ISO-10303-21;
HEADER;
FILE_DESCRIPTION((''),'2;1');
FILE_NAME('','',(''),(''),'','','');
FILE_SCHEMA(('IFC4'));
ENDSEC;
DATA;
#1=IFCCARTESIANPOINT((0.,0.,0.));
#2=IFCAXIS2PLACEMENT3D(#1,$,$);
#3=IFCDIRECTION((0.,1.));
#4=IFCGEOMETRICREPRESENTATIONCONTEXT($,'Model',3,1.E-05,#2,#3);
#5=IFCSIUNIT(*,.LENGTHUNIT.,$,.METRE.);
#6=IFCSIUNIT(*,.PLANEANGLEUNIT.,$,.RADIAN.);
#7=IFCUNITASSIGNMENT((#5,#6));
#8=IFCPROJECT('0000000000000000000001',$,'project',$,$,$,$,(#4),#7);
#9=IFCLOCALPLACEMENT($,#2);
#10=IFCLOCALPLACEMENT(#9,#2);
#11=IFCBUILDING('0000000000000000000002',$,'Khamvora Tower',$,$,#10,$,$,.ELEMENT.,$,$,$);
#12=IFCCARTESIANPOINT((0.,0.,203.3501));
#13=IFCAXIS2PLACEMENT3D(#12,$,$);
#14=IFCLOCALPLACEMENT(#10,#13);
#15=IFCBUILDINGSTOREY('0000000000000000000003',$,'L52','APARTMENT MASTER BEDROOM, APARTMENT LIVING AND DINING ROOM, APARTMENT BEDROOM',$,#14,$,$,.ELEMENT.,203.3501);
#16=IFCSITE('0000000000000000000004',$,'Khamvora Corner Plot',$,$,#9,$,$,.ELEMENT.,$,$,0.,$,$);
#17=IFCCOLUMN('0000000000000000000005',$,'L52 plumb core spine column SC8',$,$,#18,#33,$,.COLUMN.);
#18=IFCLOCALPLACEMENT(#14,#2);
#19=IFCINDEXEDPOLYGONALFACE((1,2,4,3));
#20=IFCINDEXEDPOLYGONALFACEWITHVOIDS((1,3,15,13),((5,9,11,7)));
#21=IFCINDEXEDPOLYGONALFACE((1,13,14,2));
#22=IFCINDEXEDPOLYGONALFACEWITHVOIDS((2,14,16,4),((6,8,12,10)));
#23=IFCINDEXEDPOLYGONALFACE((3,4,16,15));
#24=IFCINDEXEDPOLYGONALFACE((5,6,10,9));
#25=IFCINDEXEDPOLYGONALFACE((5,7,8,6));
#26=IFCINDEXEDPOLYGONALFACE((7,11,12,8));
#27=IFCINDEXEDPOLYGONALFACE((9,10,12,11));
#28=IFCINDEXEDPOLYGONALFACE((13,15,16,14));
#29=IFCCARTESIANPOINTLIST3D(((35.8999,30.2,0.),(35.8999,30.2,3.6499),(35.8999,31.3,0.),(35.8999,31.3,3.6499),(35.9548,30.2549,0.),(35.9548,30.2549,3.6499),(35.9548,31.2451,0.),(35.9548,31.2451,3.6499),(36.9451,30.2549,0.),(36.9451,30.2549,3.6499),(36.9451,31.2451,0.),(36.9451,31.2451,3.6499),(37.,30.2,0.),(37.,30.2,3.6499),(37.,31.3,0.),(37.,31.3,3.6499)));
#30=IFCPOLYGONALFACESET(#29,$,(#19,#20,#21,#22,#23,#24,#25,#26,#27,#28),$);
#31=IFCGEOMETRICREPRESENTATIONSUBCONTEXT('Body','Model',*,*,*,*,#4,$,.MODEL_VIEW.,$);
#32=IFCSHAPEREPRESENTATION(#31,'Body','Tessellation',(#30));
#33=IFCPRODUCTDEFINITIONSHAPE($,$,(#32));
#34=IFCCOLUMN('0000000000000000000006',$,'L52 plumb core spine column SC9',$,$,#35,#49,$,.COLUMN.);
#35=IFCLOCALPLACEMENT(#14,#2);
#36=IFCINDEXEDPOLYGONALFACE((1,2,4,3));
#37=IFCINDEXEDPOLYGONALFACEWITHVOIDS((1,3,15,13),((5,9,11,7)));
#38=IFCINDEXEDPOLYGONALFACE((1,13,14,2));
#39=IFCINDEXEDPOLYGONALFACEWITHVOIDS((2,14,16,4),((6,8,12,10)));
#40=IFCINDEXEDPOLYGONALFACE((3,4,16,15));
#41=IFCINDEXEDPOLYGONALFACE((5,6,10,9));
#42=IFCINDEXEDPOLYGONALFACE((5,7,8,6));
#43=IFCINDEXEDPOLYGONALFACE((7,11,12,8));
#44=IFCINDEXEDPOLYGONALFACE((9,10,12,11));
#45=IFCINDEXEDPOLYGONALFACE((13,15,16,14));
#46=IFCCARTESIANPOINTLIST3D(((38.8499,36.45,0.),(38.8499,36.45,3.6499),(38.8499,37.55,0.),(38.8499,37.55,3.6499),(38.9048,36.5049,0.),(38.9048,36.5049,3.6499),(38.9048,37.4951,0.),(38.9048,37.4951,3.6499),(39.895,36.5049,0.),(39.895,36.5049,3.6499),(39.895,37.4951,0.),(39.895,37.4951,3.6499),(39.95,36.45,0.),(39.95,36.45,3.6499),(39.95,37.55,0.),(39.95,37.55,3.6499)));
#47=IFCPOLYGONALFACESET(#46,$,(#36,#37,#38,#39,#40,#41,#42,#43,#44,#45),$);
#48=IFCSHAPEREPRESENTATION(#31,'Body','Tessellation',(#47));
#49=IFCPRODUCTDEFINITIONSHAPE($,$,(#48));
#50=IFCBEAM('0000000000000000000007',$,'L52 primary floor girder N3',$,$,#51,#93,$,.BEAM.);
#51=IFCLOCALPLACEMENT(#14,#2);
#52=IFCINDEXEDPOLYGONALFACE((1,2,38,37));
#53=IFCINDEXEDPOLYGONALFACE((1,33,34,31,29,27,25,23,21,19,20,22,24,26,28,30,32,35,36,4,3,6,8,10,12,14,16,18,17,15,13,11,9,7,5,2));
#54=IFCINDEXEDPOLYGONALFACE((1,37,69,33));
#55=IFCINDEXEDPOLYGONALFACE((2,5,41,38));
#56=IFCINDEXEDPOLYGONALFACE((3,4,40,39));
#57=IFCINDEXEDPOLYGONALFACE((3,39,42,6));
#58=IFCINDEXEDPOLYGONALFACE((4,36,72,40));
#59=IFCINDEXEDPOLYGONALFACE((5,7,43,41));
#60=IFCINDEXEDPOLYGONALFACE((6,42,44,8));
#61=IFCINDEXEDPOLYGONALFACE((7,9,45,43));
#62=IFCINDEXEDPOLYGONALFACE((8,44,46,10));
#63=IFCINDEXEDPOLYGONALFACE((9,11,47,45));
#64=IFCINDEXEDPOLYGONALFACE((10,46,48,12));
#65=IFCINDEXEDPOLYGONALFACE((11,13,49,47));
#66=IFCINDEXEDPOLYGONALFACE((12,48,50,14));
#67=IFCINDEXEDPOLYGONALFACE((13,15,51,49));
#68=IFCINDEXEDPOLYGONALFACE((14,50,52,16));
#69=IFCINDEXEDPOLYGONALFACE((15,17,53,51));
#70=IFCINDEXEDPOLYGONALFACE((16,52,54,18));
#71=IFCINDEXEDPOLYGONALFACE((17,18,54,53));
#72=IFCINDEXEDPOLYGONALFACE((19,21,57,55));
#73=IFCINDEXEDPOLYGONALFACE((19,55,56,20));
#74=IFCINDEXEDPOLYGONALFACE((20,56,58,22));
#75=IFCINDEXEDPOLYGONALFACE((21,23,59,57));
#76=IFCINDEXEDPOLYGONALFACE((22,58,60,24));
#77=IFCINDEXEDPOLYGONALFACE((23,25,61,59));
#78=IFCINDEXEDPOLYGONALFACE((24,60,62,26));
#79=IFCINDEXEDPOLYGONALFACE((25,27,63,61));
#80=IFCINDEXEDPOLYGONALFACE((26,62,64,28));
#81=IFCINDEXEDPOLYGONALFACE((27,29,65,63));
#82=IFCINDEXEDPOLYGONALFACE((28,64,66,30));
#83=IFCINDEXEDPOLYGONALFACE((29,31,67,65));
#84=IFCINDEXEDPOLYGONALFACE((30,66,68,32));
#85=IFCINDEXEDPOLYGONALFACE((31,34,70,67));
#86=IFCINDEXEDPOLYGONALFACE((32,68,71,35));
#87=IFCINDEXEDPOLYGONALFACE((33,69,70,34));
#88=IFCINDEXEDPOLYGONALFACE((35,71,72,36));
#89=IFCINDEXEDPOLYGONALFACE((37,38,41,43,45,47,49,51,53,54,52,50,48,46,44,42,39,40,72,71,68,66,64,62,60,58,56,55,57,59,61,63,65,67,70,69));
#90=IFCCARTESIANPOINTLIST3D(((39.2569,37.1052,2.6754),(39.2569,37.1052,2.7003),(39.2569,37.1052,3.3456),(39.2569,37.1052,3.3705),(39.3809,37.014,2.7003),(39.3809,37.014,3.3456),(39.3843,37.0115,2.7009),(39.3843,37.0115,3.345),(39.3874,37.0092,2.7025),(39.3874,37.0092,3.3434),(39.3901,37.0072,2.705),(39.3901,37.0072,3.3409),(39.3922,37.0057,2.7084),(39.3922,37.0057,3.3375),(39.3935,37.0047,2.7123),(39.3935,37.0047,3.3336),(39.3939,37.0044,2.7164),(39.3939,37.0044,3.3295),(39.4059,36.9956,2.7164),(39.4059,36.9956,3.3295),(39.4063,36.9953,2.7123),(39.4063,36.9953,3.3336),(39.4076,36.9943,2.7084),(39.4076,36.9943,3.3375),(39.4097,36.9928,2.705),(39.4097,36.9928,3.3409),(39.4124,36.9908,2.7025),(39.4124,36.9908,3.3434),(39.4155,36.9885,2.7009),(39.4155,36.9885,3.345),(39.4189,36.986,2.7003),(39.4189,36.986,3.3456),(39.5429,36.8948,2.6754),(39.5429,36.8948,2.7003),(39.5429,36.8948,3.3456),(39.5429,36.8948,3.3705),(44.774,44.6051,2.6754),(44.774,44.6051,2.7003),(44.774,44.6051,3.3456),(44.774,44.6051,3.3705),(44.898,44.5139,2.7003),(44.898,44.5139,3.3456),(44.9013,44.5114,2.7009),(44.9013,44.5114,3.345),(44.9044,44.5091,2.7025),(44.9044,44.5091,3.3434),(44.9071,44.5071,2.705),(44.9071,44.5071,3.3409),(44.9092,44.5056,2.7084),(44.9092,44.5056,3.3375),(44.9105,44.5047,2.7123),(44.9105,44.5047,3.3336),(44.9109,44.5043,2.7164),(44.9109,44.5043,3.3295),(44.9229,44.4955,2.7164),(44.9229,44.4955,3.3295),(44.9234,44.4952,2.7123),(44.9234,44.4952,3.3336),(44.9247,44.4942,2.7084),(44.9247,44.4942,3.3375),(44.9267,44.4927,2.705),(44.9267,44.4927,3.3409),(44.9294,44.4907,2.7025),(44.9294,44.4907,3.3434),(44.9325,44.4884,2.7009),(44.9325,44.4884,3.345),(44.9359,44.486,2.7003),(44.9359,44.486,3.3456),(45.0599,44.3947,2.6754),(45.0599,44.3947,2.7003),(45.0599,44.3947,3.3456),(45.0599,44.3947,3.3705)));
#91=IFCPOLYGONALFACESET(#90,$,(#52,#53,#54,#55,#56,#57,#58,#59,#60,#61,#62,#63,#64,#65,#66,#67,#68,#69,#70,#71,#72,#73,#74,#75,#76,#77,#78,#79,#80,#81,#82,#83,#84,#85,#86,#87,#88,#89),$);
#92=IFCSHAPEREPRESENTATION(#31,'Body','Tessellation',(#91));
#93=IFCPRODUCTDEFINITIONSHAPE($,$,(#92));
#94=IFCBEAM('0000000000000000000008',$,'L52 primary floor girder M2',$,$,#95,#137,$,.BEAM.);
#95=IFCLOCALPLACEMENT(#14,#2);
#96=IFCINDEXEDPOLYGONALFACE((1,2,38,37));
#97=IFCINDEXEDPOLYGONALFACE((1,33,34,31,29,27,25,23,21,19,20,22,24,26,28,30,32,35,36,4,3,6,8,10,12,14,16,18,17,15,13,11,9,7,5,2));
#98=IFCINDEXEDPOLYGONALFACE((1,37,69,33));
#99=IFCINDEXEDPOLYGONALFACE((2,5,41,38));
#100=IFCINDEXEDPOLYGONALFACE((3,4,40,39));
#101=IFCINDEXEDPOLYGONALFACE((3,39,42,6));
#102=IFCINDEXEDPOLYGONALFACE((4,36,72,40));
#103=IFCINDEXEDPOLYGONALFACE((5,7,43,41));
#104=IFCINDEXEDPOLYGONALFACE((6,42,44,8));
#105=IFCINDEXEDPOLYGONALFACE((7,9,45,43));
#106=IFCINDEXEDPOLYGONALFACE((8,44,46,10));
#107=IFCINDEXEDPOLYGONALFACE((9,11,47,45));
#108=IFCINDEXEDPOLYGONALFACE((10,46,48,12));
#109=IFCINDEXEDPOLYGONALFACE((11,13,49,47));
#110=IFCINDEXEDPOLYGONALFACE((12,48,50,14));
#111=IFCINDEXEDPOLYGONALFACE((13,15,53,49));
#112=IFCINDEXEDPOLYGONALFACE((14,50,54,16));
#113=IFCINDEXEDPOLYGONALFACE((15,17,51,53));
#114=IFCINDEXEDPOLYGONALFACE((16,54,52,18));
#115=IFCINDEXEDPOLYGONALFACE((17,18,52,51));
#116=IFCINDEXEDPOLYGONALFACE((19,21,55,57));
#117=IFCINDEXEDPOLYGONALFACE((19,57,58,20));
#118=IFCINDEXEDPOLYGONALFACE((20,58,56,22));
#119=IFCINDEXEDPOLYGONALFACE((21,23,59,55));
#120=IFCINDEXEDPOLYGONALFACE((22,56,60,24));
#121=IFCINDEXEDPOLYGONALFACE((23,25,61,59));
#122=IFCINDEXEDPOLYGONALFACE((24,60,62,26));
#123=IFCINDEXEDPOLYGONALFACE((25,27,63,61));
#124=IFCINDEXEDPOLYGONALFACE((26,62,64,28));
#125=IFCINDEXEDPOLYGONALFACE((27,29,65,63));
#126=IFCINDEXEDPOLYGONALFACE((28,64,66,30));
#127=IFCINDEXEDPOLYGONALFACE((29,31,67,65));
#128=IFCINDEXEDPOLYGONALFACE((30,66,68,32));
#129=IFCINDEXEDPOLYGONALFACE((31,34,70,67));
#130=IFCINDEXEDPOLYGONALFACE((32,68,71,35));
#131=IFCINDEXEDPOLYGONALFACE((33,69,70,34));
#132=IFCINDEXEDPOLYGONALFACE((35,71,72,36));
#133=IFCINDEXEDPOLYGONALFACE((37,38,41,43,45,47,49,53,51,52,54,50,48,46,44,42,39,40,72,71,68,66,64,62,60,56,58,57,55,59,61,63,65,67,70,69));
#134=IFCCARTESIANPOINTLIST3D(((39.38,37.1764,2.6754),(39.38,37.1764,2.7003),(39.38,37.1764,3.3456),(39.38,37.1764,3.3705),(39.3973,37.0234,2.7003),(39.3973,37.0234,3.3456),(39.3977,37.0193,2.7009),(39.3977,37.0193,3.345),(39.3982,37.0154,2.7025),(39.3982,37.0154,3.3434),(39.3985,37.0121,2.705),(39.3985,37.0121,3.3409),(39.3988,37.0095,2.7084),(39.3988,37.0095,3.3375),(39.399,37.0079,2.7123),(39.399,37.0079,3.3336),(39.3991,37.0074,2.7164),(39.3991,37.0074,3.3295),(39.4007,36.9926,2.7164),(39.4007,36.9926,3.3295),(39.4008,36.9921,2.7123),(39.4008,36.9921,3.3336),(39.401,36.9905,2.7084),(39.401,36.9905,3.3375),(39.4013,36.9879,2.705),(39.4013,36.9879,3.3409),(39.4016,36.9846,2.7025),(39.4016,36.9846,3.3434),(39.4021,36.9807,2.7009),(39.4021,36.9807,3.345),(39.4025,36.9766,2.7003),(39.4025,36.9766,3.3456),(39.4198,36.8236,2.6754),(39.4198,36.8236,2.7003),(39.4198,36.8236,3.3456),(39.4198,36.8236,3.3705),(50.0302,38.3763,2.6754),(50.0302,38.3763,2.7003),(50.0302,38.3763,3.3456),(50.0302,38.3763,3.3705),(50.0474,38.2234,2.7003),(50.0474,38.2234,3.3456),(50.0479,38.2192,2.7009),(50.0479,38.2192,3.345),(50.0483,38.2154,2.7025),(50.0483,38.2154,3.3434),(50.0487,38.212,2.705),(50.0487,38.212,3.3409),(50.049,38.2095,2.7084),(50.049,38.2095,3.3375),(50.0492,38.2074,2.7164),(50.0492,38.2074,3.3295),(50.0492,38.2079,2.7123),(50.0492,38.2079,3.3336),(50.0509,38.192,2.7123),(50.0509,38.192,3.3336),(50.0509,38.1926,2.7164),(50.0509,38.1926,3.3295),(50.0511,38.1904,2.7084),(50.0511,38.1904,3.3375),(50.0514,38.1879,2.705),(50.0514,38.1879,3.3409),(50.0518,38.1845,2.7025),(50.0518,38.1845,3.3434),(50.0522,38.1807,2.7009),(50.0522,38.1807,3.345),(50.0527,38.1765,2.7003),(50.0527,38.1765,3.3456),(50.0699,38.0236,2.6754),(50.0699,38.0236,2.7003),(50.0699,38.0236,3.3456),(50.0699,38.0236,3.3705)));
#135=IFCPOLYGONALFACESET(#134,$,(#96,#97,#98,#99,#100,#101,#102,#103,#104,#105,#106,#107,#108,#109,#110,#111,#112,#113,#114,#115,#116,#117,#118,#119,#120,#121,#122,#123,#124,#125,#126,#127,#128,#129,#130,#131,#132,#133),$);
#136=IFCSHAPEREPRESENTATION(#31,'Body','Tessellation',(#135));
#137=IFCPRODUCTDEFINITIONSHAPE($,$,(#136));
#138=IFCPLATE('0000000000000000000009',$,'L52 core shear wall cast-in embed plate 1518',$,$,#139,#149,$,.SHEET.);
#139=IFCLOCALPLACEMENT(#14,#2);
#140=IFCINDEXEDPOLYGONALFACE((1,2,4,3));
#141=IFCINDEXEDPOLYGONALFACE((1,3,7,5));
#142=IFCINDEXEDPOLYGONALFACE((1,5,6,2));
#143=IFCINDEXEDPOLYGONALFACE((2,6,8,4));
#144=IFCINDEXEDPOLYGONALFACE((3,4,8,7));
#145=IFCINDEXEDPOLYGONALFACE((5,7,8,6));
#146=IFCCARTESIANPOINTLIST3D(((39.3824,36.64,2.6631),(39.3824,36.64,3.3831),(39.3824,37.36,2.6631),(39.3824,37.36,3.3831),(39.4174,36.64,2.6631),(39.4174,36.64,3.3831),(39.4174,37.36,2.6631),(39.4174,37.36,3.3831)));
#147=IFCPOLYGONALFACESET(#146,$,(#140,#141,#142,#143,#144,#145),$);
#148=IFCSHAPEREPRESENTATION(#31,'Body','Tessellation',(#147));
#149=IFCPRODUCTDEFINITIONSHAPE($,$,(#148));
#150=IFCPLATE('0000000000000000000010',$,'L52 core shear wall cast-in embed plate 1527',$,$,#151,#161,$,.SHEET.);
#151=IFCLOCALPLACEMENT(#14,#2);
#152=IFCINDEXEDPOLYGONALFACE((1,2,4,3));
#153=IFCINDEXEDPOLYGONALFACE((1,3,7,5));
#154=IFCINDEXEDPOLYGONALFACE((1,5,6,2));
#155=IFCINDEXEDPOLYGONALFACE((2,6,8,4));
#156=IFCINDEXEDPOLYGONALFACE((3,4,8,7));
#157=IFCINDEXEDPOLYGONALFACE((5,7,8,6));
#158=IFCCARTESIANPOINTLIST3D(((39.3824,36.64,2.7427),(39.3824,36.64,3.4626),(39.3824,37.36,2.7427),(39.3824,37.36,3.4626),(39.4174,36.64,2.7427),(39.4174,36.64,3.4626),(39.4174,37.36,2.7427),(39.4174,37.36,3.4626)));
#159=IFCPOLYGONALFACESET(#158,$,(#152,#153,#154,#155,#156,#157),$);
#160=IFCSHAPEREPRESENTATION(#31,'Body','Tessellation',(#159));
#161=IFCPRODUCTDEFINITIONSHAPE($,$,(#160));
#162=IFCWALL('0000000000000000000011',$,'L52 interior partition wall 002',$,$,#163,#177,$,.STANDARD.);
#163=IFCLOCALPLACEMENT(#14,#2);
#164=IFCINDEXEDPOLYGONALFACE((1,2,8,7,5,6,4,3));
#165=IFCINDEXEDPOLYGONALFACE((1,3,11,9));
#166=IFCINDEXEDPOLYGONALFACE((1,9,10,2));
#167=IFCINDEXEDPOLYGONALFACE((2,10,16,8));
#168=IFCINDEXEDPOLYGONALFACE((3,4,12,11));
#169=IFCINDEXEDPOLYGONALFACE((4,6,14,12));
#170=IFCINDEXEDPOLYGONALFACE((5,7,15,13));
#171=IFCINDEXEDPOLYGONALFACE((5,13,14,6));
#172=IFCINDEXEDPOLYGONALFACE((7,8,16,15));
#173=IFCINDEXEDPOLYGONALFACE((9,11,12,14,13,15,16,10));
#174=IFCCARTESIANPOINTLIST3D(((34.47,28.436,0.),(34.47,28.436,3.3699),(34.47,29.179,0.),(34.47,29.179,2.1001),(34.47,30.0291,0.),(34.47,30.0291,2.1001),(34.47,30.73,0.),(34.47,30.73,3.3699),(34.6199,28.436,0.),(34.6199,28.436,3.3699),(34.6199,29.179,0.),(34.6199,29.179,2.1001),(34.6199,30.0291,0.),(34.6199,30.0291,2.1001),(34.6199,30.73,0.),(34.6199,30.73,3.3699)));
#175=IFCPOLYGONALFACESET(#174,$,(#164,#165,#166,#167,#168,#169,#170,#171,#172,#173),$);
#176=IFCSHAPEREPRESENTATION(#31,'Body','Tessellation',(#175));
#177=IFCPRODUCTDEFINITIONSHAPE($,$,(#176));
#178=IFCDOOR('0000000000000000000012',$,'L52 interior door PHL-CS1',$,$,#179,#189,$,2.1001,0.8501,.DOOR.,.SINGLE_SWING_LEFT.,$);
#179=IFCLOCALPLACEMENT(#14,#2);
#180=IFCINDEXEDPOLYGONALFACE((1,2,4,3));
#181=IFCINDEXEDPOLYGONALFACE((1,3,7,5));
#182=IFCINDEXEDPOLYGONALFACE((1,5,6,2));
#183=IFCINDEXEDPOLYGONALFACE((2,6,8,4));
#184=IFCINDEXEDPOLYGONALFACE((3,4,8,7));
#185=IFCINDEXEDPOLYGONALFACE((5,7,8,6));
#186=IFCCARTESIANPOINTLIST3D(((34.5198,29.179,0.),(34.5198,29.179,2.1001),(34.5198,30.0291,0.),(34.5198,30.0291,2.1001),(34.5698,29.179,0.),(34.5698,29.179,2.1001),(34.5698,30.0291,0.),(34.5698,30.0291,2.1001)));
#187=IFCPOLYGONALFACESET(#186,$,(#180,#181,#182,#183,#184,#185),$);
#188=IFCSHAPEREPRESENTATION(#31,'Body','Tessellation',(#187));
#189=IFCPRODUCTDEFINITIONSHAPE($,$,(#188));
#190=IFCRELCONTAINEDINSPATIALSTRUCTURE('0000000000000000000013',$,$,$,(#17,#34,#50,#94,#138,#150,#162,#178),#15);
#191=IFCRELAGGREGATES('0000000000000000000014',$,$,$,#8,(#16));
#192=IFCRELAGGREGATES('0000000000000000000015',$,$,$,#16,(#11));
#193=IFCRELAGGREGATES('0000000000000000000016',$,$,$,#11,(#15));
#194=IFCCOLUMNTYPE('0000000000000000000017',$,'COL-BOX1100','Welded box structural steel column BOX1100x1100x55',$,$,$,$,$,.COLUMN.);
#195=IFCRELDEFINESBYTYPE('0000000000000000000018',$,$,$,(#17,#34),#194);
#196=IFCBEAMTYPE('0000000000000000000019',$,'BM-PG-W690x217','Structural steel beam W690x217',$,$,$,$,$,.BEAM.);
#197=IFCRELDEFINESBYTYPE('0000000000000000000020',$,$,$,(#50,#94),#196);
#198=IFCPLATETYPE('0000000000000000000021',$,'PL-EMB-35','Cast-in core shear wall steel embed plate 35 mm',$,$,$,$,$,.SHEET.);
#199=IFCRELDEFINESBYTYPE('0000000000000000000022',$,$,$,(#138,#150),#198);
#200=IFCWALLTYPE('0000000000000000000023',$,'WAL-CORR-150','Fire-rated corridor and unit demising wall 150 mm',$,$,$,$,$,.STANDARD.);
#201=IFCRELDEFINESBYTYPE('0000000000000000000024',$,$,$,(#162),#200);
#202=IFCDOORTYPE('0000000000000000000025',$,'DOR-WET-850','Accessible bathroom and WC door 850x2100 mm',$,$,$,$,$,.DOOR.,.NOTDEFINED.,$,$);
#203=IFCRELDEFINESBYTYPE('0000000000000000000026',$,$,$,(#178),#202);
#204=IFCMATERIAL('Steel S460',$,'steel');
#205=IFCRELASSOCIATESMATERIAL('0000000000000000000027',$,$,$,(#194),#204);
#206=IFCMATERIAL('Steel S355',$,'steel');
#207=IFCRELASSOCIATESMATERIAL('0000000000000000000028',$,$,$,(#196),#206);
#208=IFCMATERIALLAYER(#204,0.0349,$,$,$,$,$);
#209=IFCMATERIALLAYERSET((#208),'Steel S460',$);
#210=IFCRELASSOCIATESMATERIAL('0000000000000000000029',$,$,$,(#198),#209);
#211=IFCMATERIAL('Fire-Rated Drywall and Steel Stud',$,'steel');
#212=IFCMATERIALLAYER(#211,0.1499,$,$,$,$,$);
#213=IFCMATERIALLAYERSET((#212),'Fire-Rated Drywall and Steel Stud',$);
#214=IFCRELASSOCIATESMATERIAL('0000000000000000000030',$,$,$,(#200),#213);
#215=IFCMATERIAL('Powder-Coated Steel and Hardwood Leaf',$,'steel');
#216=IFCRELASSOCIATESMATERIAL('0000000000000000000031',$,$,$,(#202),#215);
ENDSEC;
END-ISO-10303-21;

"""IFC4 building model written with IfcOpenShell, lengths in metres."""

from ifc_helpers import new_model, si_unit, direction, frame, frame_2d, origin, origin_2d, place, context, subcontext, project, spatial, rectangle, hollow_rectangle, i_section, extrude, material, layer, layer_set, material_profile, profile_set, type_object, element, fill, save


model = new_model("IFC4")

# Units and contexts
model_context = context("Model", 3, precision=1e-05, world=origin(), true_north=direction((0.0, 1.0)))
body_context = subcontext(model_context, "Body", "Model", "MODEL_VIEW")
ifc_project = project(units=[si_unit("LENGTHUNIT", "METRE"), si_unit("PLANEANGLEUNIT", "RADIAN")], contexts=[model_context])

# Site, building, storey
site_placement = place(None, origin())
site = spatial("IfcSite", under=ifc_project, at=site_placement, Name="Khamvora Corner Plot", CompositionType="ELEMENT", RefElevation=0.0)
building_placement = place(site_placement, origin())
building = spatial("IfcBuilding", under=site, at=building_placement, Name="Khamvora Tower", CompositionType="ELEMENT")
storey_placement = place(building_placement, frame((0.0, 0.0, 203.3501)))
storey = spatial("IfcBuildingStorey", under=building, at=storey_placement, Name="L52", Description="APARTMENT MASTER BEDROOM, APARTMENT LIVING AND DINING ROOM, APARTMENT BEDROOM", CompositionType="ELEMENT", Elevation=203.3501)

# Columns
ifc_material_1 = material(Name="Steel S460", Category="steel")
ifc_material_profile_1 = material_profile(ifc_material_1, hollow_rectangle(XDim=1.1001, YDim=1.1001, WallThickness=0.0549, at=origin_2d()), Name="BOX1100x1100x55")
ifc_profile_set_1 = profile_set([ifc_material_profile_1], Name="Steel S460")
column_type = type_object("IfcColumnType", Name="COL-BOX1100", Description="Welded box structural steel column BOX1100x1100x55", PredefinedType="COLUMN", material=ifc_profile_set_1)
for number, where, z_axis, x_axis, name in (
    (1, (36.45, 30.75, 0.0), (0.0, 0.0, 1.0), (1.0, 0.0, 0.0), "L52 plumb core spine column SC8"),
    (2, (39.3999, 37.0, 0.0), (0.0, 0.0, 1.0), (1.0, 0.0, 0.0), "L52 plumb core spine column SC9"),
):
    element("IfcColumn", number, at=place(storey_placement, frame(where, z_axis=z_axis, x_axis=x_axis)), inside=storey, type_object=column_type, Name=name, PredefinedType="COLUMN", context=body_context, shape_type="SweptSolid", body=[
        extrude(hollow_rectangle(XDim=1.1001, YDim=1.1001, WallThickness=0.0549, at=origin_2d()), origin(), (0.0, 0.0, 1.0), 3.6499),
    ])

# Beams
ifc_material_2 = material(Name="Steel S355", Category="steel")
ifc_material_profile_2 = material_profile(ifc_material_2, i_section(OverallWidth=0.355, OverallDepth=0.6951, WebThickness=0.0149, FlangeThickness=0.0249, FilletRadius=0.0161, at=origin_2d()), Name="W690x217")
ifc_profile_set_2 = profile_set([ifc_material_profile_2], Name="Steel S355")
beam_type = type_object("IfcBeamType", Name="BM-PG-W690x217", Description="Structural steel beam W690x217", PredefinedType="BEAM", material=ifc_profile_set_2)
beam_1_placement = place(storey_placement, frame((39.3999, 37.0, 3.0229), z_axis=(0.592557, 0.805529, 0.0), x_axis=(-0.805529, 0.592557, 0.0)))
element("IfcBeam", 3, at=beam_1_placement, inside=storey, type_object=beam_type, Name="L52 primary floor girder N3", PredefinedType="BEAM", context=body_context, shape_type="SweptSolid", body=[
    extrude(i_section(OverallWidth=0.355, OverallDepth=0.6951, WebThickness=0.0149, FlangeThickness=0.0249, FilletRadius=0.0161, at=origin_2d()), origin(), (0.0, 0.0, 1.0), 9.3105),
])
beam_2_placement = place(storey_placement, frame((39.3999, 37.0, 3.0229), z_axis=(0.993713, 0.111962, 0.0), x_axis=(-0.111962, 0.993713, 0.0)))
element("IfcBeam", 4, at=beam_2_placement, inside=storey, type_object=beam_type, Name="L52 primary floor girder M2", PredefinedType="BEAM", context=body_context, shape_type="SweptSolid", body=[
    extrude(i_section(OverallWidth=0.355, OverallDepth=0.6951, WebThickness=0.0149, FlangeThickness=0.0249, FilletRadius=0.0161, at=origin_2d()), origin(), (0.0, 0.0, 1.0), 10.7175),
])

# Plates
ifc_layer_1 = layer(ifc_material_1, 0.0349)
ifc_layer_set_1 = layer_set([ifc_layer_1], Name="Steel S460")
plate_type = type_object("IfcPlateType", Name="PL-EMB-35", Description="Cast-in core shear wall steel embed plate 35 mm", PredefinedType="SHEET", material=ifc_layer_set_1)
for number, where, z_axis, x_axis, name in (
    (5, (39.3999, 37.0, 2.6631), (0.0, 0.0, 1.0), (1.0, 0.0, 0.0), "L52 core shear wall cast-in embed plate 1518"),
    (6, (39.3999, 37.0, 2.7427), (0.0, 0.0, 1.0), (1.0, 0.0, 0.0), "L52 core shear wall cast-in embed plate 1527"),
):
    element("IfcPlate", number, at=place(storey_placement, frame(where, z_axis=z_axis, x_axis=x_axis)), inside=storey, type_object=plate_type, Name=name, PredefinedType="SHEET", context=body_context, shape_type="SweptSolid", body=[
        extrude(rectangle(XDim=0.0349, YDim=0.72, at=origin_2d()), origin(), (0.0, 0.0, 1.0), 0.72),
    ])

# Shared definitions
ifc_material_3 = material(Name="Powder-Coated Steel and Hardwood Leaf", Category="steel")

# Wall, opening, door
ifc_material_4 = material(Name="Fire-Rated Drywall and Steel Stud", Category="steel")
ifc_layer_2 = layer(ifc_material_4, 0.1499)
ifc_layer_set_2 = layer_set([ifc_layer_2], Name="Fire-Rated Drywall and Steel Stud")
wall_type_1 = type_object("IfcWallType", Name="WAL-CORR-150", Description="Fire-rated corridor and unit demising wall 150 mm", PredefinedType="STANDARD", material=ifc_layer_set_2)
wall_1_placement = place(storey_placement, frame((34.5449, 30.73, 0.0), z_axis=(0.0, 0.0, 1.0), x_axis=(0.0, -1.0, 0.0)))
wall_1 = element("IfcWall", 7, at=wall_1_placement, inside=storey, type_object=wall_type_1, Name="L52 interior partition wall 002", PredefinedType="STANDARD", context=body_context, shape_type="SweptSolid", body=[
    extrude(rectangle(XDim=2.2939, YDim=0.1499, at=frame_2d((1.147, 0.0))), origin(), (0.0, 0.0, 1.0), 3.3699),
])
opening_1_placement = place(wall_1_placement, frame((0.7009, 0.0, 0.0)))
opening_1 = element("IfcOpeningElement", 8, at=opening_1_placement, cuts=wall_1, PredefinedType="OPENING", context=body_context, shape_type="SweptSolid", body=[
    extrude(rectangle(XDim=0.8501, YDim=2.1001, at=frame_2d((0.425, 1.05))), frame((0.0, 0.085, 0.0), z_axis=(0.0, -1.0, 0.0), x_axis=(1.0, 0.0, 0.0)), (0.0, 0.0, 1.0), 0.1699),
])
door_type_1 = type_object("IfcDoorType", Name="DOR-WET-850", Description="Accessible bathroom and WC door 850x2100 mm", OperationType="NOTDEFINED", PredefinedType="DOOR", material=ifc_material_3)
door_1_placement = place(opening_1_placement, origin())
door_1 = element("IfcDoor", 9, at=door_1_placement, inside=storey, type_object=door_type_1, Name="L52 interior door PHL-CS1", OperationType="SINGLE_SWING_LEFT", OverallHeight=2.1001, OverallWidth=0.8501, PredefinedType="DOOR", context=body_context, shape_type="SweptSolid", body=[
    extrude(rectangle(XDim=0.8501, YDim=2.1001, at=frame_2d((0.425, 1.05))), frame((0.0, 0.0249, 0.0), z_axis=(0.0, -1.0, 0.0), x_axis=(1.0, 0.0, 0.0)), (0.0, 0.0, 1.0), 0.05),
])
fill(opening_1, door_1)

save(model, "model.ifc")
